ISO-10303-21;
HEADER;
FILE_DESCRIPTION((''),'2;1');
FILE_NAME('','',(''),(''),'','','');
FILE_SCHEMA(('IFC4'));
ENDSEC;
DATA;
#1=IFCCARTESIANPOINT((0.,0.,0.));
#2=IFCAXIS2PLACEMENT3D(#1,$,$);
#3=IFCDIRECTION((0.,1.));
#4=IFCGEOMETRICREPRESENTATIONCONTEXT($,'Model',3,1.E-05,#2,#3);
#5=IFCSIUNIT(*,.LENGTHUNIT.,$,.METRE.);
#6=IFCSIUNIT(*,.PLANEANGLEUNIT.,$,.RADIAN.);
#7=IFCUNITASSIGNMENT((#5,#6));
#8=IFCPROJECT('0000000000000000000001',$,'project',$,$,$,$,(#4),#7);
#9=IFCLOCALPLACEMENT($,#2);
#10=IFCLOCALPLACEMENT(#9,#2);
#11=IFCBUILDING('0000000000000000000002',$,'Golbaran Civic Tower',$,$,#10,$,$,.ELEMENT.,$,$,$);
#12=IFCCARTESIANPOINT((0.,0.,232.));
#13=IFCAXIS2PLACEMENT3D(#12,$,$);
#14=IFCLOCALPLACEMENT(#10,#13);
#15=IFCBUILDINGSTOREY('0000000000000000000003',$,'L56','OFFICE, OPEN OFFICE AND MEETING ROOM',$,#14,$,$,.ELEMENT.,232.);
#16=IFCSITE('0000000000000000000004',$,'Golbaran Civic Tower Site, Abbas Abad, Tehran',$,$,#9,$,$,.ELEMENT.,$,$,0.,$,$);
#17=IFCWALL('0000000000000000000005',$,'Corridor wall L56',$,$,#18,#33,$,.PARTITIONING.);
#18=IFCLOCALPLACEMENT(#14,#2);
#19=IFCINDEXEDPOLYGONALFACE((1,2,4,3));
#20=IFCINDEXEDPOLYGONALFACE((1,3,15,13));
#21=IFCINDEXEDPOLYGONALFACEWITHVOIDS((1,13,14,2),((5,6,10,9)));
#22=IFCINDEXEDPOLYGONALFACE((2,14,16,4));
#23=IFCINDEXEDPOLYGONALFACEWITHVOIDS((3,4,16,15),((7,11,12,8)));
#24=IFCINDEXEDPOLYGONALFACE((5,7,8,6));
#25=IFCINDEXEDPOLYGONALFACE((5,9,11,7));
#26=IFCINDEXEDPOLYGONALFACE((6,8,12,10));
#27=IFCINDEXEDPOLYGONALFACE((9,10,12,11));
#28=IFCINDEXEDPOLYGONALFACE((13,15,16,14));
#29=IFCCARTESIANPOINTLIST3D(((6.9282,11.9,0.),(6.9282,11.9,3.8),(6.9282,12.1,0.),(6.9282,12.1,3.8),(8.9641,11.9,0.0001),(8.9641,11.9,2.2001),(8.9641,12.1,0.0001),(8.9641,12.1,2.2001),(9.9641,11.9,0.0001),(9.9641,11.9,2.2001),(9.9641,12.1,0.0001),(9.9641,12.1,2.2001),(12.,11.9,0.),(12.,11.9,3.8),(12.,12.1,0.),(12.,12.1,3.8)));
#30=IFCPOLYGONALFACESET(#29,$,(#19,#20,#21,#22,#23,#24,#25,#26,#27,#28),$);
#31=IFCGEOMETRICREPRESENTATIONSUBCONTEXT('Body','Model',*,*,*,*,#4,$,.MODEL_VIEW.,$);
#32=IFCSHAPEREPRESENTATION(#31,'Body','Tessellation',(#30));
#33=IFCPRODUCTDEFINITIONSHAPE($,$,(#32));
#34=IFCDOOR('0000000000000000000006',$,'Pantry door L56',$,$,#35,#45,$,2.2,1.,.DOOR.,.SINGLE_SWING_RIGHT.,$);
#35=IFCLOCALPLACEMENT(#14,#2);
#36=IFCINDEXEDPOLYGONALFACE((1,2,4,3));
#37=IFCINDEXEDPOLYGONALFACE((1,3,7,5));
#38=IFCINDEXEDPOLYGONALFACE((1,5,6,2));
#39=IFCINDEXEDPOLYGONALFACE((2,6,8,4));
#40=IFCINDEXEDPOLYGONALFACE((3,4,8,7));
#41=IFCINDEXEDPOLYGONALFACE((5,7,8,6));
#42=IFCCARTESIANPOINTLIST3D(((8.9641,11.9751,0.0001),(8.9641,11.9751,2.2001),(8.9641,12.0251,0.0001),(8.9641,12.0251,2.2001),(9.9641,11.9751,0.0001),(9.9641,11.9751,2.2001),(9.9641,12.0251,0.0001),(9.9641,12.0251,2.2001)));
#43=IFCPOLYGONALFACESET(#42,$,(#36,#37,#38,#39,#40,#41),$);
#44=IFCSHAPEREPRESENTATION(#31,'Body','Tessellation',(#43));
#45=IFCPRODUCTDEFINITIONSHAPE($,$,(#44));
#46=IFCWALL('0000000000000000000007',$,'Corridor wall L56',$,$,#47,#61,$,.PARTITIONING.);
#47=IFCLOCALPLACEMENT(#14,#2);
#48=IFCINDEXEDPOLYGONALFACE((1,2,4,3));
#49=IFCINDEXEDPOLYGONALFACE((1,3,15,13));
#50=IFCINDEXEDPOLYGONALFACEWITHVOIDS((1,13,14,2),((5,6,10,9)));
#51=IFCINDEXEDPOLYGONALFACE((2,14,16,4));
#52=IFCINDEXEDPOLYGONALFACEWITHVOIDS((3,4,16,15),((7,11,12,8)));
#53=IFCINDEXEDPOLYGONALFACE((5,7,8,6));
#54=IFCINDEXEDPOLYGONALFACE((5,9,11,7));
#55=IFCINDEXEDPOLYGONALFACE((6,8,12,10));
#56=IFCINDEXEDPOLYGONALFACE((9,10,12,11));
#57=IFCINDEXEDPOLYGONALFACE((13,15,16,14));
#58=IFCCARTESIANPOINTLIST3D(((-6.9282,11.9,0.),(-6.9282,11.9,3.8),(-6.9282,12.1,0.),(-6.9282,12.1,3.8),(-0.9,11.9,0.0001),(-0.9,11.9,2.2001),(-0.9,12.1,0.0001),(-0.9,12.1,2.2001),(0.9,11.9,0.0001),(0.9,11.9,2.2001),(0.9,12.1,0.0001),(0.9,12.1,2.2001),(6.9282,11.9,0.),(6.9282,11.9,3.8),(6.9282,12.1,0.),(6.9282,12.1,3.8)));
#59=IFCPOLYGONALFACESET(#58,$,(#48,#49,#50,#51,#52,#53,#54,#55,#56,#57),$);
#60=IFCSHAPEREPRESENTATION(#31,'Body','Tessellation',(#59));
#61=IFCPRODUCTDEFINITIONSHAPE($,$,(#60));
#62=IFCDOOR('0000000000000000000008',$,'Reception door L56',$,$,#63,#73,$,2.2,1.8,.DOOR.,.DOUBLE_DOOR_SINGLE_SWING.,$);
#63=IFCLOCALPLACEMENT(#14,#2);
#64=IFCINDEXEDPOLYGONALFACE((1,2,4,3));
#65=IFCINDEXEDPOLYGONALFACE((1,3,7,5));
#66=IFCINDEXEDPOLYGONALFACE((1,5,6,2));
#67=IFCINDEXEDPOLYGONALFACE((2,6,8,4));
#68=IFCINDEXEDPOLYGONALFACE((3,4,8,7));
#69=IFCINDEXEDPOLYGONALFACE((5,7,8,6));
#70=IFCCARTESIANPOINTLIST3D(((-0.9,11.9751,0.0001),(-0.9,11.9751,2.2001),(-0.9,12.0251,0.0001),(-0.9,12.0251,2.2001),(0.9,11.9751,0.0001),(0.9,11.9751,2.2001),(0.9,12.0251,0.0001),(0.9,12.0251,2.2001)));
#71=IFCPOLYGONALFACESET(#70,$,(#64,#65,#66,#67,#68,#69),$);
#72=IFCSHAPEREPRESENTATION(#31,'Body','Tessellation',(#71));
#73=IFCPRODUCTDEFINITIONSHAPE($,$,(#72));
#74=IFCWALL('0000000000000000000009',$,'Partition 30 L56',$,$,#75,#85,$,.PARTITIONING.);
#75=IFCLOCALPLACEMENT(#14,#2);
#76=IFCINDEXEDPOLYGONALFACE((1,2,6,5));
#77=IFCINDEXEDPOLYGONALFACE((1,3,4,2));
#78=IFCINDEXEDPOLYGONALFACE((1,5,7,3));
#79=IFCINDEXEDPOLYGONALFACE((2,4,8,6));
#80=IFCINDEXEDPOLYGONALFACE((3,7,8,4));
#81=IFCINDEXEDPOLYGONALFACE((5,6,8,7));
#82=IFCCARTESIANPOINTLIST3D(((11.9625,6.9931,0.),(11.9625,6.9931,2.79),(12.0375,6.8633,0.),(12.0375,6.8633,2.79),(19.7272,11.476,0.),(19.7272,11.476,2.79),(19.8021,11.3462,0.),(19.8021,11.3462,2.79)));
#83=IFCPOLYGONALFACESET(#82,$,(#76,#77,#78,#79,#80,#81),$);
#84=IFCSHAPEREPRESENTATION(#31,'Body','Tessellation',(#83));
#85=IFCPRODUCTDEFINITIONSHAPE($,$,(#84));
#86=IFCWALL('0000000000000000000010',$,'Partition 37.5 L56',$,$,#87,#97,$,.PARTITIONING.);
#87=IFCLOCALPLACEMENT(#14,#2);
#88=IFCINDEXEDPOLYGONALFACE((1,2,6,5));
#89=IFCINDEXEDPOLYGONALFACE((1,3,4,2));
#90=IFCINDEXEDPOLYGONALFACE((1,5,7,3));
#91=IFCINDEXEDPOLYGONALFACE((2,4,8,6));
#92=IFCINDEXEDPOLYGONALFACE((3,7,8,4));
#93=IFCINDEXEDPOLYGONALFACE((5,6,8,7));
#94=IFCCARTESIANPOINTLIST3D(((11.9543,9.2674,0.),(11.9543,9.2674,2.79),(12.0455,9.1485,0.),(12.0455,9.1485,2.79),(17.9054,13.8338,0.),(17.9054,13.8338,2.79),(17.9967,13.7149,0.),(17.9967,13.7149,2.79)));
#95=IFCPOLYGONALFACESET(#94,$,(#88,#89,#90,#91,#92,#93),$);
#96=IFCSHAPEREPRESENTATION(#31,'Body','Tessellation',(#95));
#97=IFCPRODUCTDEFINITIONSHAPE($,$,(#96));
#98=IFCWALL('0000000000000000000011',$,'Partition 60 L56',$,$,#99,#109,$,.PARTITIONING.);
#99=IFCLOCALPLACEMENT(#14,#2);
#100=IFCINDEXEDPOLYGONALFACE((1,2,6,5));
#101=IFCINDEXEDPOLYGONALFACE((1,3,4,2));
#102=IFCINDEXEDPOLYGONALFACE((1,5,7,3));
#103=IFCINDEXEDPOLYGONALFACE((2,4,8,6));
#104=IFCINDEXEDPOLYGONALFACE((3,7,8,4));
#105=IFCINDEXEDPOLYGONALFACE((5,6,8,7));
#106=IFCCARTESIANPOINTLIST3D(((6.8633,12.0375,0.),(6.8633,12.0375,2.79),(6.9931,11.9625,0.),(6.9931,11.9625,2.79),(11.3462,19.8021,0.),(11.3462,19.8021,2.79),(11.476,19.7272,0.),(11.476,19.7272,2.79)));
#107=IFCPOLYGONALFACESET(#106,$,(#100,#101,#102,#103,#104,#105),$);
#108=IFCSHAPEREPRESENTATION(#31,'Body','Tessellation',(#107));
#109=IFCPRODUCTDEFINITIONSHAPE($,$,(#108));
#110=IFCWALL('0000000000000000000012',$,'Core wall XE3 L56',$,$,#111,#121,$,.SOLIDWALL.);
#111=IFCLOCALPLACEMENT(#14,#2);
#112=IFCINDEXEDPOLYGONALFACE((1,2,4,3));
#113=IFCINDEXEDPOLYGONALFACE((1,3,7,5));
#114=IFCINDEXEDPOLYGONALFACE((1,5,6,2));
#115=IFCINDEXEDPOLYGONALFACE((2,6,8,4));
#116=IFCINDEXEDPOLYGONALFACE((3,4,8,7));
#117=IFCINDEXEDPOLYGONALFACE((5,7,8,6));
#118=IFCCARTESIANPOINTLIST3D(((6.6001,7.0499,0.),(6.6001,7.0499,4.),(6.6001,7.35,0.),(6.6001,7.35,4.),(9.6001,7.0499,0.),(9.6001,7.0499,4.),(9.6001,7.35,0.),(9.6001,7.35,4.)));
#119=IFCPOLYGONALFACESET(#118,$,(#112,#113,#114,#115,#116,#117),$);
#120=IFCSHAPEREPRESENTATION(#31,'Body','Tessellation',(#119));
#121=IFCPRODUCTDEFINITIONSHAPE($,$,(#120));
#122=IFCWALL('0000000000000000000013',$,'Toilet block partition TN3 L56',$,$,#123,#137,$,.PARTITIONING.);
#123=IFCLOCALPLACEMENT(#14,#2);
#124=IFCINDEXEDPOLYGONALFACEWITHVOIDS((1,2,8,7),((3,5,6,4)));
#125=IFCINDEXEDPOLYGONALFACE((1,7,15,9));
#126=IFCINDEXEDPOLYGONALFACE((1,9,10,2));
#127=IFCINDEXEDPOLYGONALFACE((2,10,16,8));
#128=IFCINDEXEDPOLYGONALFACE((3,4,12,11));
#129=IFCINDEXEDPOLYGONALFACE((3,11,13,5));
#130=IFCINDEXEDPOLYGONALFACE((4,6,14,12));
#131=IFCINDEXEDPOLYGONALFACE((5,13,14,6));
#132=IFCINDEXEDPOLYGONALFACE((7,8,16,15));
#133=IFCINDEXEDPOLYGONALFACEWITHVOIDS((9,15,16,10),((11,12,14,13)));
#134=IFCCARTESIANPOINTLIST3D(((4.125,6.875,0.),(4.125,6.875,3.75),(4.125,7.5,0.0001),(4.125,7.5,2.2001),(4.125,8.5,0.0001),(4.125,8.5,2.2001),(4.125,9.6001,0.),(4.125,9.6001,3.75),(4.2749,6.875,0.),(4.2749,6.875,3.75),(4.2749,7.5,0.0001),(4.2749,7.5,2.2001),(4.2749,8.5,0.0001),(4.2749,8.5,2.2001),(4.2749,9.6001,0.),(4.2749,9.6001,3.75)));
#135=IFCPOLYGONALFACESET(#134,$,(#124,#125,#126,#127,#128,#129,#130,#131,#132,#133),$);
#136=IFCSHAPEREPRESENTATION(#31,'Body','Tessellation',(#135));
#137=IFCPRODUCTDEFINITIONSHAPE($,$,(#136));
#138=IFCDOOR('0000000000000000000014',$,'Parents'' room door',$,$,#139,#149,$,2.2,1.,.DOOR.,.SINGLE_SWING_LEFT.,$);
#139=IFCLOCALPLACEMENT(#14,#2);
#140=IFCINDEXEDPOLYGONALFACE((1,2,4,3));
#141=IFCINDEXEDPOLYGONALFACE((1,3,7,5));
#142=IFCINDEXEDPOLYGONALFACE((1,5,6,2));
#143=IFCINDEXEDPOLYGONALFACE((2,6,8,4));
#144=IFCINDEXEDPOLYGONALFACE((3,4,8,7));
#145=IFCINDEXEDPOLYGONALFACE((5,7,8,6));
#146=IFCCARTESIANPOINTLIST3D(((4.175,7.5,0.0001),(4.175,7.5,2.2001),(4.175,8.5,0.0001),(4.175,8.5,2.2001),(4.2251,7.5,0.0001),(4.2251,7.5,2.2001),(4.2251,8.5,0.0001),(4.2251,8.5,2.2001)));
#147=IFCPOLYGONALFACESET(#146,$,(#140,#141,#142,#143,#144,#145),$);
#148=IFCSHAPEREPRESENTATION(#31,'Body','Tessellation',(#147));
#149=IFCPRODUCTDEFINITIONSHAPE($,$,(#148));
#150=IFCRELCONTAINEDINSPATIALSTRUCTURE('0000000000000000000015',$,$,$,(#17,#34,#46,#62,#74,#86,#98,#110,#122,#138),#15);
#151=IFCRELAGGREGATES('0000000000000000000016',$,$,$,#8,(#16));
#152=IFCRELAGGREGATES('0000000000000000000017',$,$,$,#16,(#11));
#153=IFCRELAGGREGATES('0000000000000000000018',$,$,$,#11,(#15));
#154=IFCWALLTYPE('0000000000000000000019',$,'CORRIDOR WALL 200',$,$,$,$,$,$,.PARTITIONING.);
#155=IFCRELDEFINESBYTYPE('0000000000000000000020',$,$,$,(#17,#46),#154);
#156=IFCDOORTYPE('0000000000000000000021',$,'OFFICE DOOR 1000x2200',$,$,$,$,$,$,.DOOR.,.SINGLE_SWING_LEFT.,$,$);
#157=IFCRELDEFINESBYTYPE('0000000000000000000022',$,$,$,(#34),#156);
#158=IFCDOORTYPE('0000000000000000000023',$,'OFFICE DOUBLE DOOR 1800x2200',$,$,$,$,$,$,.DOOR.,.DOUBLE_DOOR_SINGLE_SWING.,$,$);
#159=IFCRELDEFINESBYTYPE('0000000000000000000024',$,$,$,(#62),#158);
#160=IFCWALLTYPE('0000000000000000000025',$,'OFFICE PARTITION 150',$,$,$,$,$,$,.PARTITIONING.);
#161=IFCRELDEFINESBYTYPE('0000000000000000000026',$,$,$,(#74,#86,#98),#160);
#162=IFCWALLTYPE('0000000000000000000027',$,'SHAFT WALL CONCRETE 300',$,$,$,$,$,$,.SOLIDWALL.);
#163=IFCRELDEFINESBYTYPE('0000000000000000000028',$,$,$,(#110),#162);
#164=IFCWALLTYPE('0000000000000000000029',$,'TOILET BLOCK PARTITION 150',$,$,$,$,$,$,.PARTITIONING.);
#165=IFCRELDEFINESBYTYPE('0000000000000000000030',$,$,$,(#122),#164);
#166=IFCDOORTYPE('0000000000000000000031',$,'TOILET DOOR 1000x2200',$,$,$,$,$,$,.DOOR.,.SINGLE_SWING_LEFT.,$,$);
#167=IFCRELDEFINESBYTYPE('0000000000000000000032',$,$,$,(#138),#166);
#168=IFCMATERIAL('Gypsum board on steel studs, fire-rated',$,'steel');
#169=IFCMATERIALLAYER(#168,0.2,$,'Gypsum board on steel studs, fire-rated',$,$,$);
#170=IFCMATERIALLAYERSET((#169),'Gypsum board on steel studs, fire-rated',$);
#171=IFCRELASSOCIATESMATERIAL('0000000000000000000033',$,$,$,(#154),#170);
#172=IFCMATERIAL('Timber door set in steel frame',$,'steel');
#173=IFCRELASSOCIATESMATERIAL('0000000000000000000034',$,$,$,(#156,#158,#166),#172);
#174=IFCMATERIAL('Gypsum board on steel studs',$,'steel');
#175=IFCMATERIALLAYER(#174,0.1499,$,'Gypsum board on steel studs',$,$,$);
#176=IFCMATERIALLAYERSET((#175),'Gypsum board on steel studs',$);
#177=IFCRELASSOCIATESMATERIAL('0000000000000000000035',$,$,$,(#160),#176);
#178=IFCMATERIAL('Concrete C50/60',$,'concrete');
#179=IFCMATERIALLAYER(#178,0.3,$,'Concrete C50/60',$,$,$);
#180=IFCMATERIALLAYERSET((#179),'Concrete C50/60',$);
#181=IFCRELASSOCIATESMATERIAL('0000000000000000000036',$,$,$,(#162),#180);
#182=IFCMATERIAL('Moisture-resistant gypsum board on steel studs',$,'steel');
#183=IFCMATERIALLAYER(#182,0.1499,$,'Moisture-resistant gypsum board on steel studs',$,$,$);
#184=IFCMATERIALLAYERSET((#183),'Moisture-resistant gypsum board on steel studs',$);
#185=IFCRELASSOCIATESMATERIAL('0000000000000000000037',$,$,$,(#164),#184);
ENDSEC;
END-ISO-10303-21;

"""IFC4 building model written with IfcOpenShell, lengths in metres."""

from ifc_helpers import new_model, si_unit, direction, frame, frame_2d, origin, place, context, subcontext, project, spatial, rectangle, extrude, material, layer, layer_set, type_object, element, fill, save


model = new_model("IFC4")

# Units and contexts
model_context = context("Model", 3, precision=1e-05, world=origin(), true_north=direction((0.0, 1.0)))
body_context = subcontext(model_context, "Body", "Model", "MODEL_VIEW")
ifc_project = project(units=[si_unit("LENGTHUNIT", "METRE"), si_unit("PLANEANGLEUNIT", "RADIAN")], contexts=[model_context])

# Site, building, storey
site_placement = place(None, origin())
site = spatial("IfcSite", under=ifc_project, at=site_placement, Name="Golbaran Civic Tower Site, Abbas Abad, Tehran", CompositionType="ELEMENT", RefElevation=0.0)
building_placement = place(site_placement, origin())
building = spatial("IfcBuilding", under=site, at=building_placement, Name="Golbaran Civic Tower", CompositionType="ELEMENT")
storey_placement = place(building_placement, frame((0.0, 0.0, 232.0)))
storey = spatial("IfcBuildingStorey", under=building, at=storey_placement, Name="L56", Description="OFFICE, OPEN OFFICE AND MEETING ROOM", CompositionType="ELEMENT", Elevation=232.0)

# Shared definitions
ifc_material_1 = material(Name="Concrete C50/60", Category="concrete")
ifc_material_2 = material(Name="Timber door set in steel frame", Category="steel")
ifc_material_3 = material(Name="Gypsum board on steel studs, fire-rated", Category="steel")
ifc_layer_1 = layer(ifc_material_3, 0.2, Name="Gypsum board on steel studs, fire-rated")
ifc_layer_set_1 = layer_set([ifc_layer_1], Name="Gypsum board on steel studs, fire-rated")
wall_type_1 = type_object("IfcWallType", Name="CORRIDOR WALL 200", PredefinedType="PARTITIONING", material=ifc_layer_set_1)
door_type_1 = type_object("IfcDoorType", Name="OFFICE DOOR 1000x2200", OperationType="SINGLE_SWING_LEFT", PredefinedType="DOOR", material=ifc_material_2)

# Walls, openings, doors
wall_1_placement = place(storey_placement, frame((12.0, 12.0, 0.0), z_axis=(0.0, 0.0, 1.0), x_axis=(-1.0, 0.0, 0.0)))
wall_1 = element("IfcWall", 1, at=wall_1_placement, inside=storey, type_object=wall_type_1, Name="Corridor wall L56", PredefinedType="PARTITIONING", context=body_context, shape_type="SweptSolid", body=[
    extrude(rectangle(XDim=5.0718, YDim=0.2, at=frame_2d((2.5359, 0.0))), origin(), (0.0, 0.0, 1.0), 3.8),
])
opening_1_placement = place(wall_1_placement, frame((2.0359, 0.0, 0.0)))
opening_1 = element("IfcOpeningElement", 2, at=opening_1_placement, cuts=wall_1, PredefinedType="OPENING", context=body_context, shape_type="SweptSolid", body=[
    extrude(rectangle(XDim=1.0, YDim=2.2, at=frame_2d((0.5, 1.1001))), frame((0.0, 0.1099, 0.0), z_axis=(0.0, -1.0, 0.0), x_axis=(1.0, 0.0, 0.0)), (0.0, 0.0, 1.0), 0.22),
])
door_1_placement = place(opening_1_placement, origin())
door_1 = element("IfcDoor", 3, at=door_1_placement, inside=storey, type_object=door_type_1, Name="Pantry door L56", OperationType="SINGLE_SWING_RIGHT", OverallHeight=2.2, OverallWidth=1.0, PredefinedType="DOOR", context=body_context, shape_type="SweptSolid", body=[
    extrude(rectangle(XDim=1.0, YDim=2.2, at=frame_2d((0.5, 1.1001))), frame((0.0, 0.0249, 0.0), z_axis=(0.0, -1.0, 0.0), x_axis=(1.0, 0.0, 0.0)), (0.0, 0.0, 1.0), 0.05),
])
fill(opening_1, door_1)
wall_2_placement = place(storey_placement, frame((6.9282, 12.0, 0.0), z_axis=(0.0, 0.0, 1.0), x_axis=(-1.0, 0.0, 0.0)))
wall_2 = element("IfcWall", 4, at=wall_2_placement, inside=storey, type_object=wall_type_1, Name="Corridor wall L56", PredefinedType="PARTITIONING", context=body_context, shape_type="SweptSolid", body=[
    extrude(rectangle(XDim=13.8564, YDim=0.2, at=frame_2d((6.9282, 0.0))), origin(), (0.0, 0.0, 1.0), 3.8),
])
opening_2_placement = place(wall_2_placement, frame((6.0283, 0.0, 0.0)))
opening_2 = element("IfcOpeningElement", 5, at=opening_2_placement, cuts=wall_2, PredefinedType="OPENING", context=body_context, shape_type="SweptSolid", body=[
    extrude(rectangle(XDim=1.8, YDim=2.2, at=frame_2d((0.8999, 1.1001))), frame((0.0, 0.1099, 0.0), z_axis=(0.0, -1.0, 0.0), x_axis=(1.0, 0.0, 0.0)), (0.0, 0.0, 1.0), 0.22),
])
door_type_2 = type_object("IfcDoorType", Name="OFFICE DOUBLE DOOR 1800x2200", OperationType="DOUBLE_DOOR_SINGLE_SWING", PredefinedType="DOOR", material=ifc_material_2)
door_2_placement = place(opening_2_placement, origin())
door_2 = element("IfcDoor", 6, at=door_2_placement, inside=storey, type_object=door_type_2, Name="Reception door L56", OperationType="DOUBLE_DOOR_SINGLE_SWING", OverallHeight=2.2, OverallWidth=1.8, PredefinedType="DOOR", context=body_context, shape_type="SweptSolid", body=[
    extrude(rectangle(XDim=1.8, YDim=2.2, at=frame_2d((0.8999, 1.1001))), frame((0.0, 0.0249, 0.0), z_axis=(0.0, -1.0, 0.0), x_axis=(1.0, 0.0, 0.0)), (0.0, 0.0, 1.0), 0.05),
])
fill(opening_2, door_2)

# Walls
ifc_material_4 = material(Name="Gypsum board on steel studs", Category="steel")
ifc_layer_2 = layer(ifc_material_4, 0.1499, Name="Gypsum board on steel studs")
ifc_layer_set_2 = layer_set([ifc_layer_2], Name="Gypsum board on steel studs")
wall_type_2 = type_object("IfcWallType", Name="OFFICE PARTITION 150", PredefinedType="PARTITIONING", material=ifc_layer_set_2)
wall_3_placement = place(storey_placement, frame((12.0, 6.9282, 0.0), z_axis=(0.0, 0.0, 1.0), x_axis=(0.866026, 0.499999, 0.0)))
element("IfcWall", 7, at=wall_3_placement, inside=storey, type_object=wall_type_2, Name="Partition 30 L56", PredefinedType="PARTITIONING", context=body_context, shape_type="SweptSolid", body=[
    extrude(rectangle(XDim=8.9658, YDim=0.1499, at=frame_2d((4.4829, 0.0))), origin(), (0.0, 0.0, 1.0), 2.79),
])
wall_4_placement = place(storey_placement, frame((12.0, 9.208, 0.0), z_axis=(0.0, 0.0, 1.0), x_axis=(0.793359, 0.608754, 0.0)))
element("IfcWall", 8, at=wall_4_placement, inside=storey, type_object=wall_type_2, Name="Partition 37.5 L56", PredefinedType="PARTITIONING", context=body_context, shape_type="SweptSolid", body=[
    extrude(rectangle(XDim=7.5012, YDim=0.1499, at=frame_2d((3.7505, 0.0))), origin(), (0.0, 0.0, 1.0), 2.79),
])
wall_5_placement = place(storey_placement, frame((6.9282, 12.0, 0.0), z_axis=(0.0, 0.0, 1.0), x_axis=(0.499999, 0.866026, 0.0)))
element("IfcWall", 9, at=wall_5_placement, inside=storey, type_object=wall_type_2, Name="Partition 60 L56", PredefinedType="PARTITIONING", context=body_context, shape_type="SweptSolid", body=[
    extrude(rectangle(XDim=8.9658, YDim=0.1499, at=frame_2d((4.4829, 0.0))), origin(), (0.0, 0.0, 1.0), 2.79),
])
ifc_layer_3 = layer(ifc_material_1, 0.3, Name="Concrete C50/60")
ifc_layer_set_3 = layer_set([ifc_layer_3], Name="Concrete C50/60")
wall_type_3 = type_object("IfcWallType", Name="SHAFT WALL CONCRETE 300", PredefinedType="SOLIDWALL", material=ifc_layer_set_3)
wall_6_placement = place(storey_placement, frame((6.6001, 7.2, 0.0), z_axis=(0.0, 0.0, 1.0), x_axis=(1.0, 0.0, 0.0)))
element("IfcWall", 10, at=wall_6_placement, inside=storey, type_object=wall_type_3, Name="Core wall XE3 L56", PredefinedType="SOLIDWALL", context=body_context, shape_type="SweptSolid", body=[
    extrude(rectangle(XDim=3.0, YDim=0.3, at=frame_2d((1.5, 0.0))), origin(), (0.0, 0.0, 1.0), 4.0),
])

# Wall, opening, door
ifc_material_5 = material(Name="Moisture-resistant gypsum board on steel studs", Category="steel")
ifc_layer_4 = layer(ifc_material_5, 0.1499, Name="Moisture-resistant gypsum board on steel studs")
ifc_layer_set_4 = layer_set([ifc_layer_4], Name="Moisture-resistant gypsum board on steel studs")
wall_type_4 = type_object("IfcWallType", Name="TOILET BLOCK PARTITION 150", PredefinedType="PARTITIONING", material=ifc_layer_set_4)
wall_7_placement = place(storey_placement, frame((4.2, 6.875, 0.0), z_axis=(0.0, 0.0, 1.0), x_axis=(0.0, 1.0, 0.0)))
wall_7 = element("IfcWall", 11, at=wall_7_placement, inside=storey, type_object=wall_type_4, Name="Toilet block partition TN3 L56", PredefinedType="PARTITIONING", context=body_context, shape_type="SweptSolid", body=[
    extrude(rectangle(XDim=2.7251, YDim=0.1499, at=frame_2d((1.3625, 0.0))), origin(), (0.0, 0.0, 1.0), 3.75),
])
opening_3_placement = place(wall_7_placement, frame((0.625, 0.0, 0.0)))
opening_3 = element("IfcOpeningElement", 12, at=opening_3_placement, cuts=wall_7, PredefinedType="OPENING", context=body_context, shape_type="SweptSolid", body=[
    extrude(rectangle(XDim=1.0, YDim=2.2, at=frame_2d((0.5, 1.1001))), frame((0.0, 0.085, 0.0), z_axis=(0.0, -1.0, 0.0), x_axis=(1.0, 0.0, 0.0)), (0.0, 0.0, 1.0), 0.1699),
])
door_type_3 = type_object("IfcDoorType", Name="TOILET DOOR 1000x2200", OperationType="SINGLE_SWING_LEFT", PredefinedType="DOOR", material=ifc_material_2)
door_3_placement = place(opening_3_placement, origin())
door_3 = element("IfcDoor", 13, at=door_3_placement, inside=storey, type_object=door_type_3, Name="Parents' room door", OperationType="SINGLE_SWING_LEFT", OverallHeight=2.2, OverallWidth=1.0, PredefinedType="DOOR", context=body_context, shape_type="SweptSolid", body=[
    extrude(rectangle(XDim=1.0, YDim=2.2, at=frame_2d((0.5, 1.1001))), frame((0.0, 0.0249, 0.0), z_axis=(0.0, -1.0, 0.0), x_axis=(1.0, 0.0, 0.0)), (0.0, 0.0, 1.0), 0.05),
])
fill(opening_3, door_3)

save(model, "model.ifc")
